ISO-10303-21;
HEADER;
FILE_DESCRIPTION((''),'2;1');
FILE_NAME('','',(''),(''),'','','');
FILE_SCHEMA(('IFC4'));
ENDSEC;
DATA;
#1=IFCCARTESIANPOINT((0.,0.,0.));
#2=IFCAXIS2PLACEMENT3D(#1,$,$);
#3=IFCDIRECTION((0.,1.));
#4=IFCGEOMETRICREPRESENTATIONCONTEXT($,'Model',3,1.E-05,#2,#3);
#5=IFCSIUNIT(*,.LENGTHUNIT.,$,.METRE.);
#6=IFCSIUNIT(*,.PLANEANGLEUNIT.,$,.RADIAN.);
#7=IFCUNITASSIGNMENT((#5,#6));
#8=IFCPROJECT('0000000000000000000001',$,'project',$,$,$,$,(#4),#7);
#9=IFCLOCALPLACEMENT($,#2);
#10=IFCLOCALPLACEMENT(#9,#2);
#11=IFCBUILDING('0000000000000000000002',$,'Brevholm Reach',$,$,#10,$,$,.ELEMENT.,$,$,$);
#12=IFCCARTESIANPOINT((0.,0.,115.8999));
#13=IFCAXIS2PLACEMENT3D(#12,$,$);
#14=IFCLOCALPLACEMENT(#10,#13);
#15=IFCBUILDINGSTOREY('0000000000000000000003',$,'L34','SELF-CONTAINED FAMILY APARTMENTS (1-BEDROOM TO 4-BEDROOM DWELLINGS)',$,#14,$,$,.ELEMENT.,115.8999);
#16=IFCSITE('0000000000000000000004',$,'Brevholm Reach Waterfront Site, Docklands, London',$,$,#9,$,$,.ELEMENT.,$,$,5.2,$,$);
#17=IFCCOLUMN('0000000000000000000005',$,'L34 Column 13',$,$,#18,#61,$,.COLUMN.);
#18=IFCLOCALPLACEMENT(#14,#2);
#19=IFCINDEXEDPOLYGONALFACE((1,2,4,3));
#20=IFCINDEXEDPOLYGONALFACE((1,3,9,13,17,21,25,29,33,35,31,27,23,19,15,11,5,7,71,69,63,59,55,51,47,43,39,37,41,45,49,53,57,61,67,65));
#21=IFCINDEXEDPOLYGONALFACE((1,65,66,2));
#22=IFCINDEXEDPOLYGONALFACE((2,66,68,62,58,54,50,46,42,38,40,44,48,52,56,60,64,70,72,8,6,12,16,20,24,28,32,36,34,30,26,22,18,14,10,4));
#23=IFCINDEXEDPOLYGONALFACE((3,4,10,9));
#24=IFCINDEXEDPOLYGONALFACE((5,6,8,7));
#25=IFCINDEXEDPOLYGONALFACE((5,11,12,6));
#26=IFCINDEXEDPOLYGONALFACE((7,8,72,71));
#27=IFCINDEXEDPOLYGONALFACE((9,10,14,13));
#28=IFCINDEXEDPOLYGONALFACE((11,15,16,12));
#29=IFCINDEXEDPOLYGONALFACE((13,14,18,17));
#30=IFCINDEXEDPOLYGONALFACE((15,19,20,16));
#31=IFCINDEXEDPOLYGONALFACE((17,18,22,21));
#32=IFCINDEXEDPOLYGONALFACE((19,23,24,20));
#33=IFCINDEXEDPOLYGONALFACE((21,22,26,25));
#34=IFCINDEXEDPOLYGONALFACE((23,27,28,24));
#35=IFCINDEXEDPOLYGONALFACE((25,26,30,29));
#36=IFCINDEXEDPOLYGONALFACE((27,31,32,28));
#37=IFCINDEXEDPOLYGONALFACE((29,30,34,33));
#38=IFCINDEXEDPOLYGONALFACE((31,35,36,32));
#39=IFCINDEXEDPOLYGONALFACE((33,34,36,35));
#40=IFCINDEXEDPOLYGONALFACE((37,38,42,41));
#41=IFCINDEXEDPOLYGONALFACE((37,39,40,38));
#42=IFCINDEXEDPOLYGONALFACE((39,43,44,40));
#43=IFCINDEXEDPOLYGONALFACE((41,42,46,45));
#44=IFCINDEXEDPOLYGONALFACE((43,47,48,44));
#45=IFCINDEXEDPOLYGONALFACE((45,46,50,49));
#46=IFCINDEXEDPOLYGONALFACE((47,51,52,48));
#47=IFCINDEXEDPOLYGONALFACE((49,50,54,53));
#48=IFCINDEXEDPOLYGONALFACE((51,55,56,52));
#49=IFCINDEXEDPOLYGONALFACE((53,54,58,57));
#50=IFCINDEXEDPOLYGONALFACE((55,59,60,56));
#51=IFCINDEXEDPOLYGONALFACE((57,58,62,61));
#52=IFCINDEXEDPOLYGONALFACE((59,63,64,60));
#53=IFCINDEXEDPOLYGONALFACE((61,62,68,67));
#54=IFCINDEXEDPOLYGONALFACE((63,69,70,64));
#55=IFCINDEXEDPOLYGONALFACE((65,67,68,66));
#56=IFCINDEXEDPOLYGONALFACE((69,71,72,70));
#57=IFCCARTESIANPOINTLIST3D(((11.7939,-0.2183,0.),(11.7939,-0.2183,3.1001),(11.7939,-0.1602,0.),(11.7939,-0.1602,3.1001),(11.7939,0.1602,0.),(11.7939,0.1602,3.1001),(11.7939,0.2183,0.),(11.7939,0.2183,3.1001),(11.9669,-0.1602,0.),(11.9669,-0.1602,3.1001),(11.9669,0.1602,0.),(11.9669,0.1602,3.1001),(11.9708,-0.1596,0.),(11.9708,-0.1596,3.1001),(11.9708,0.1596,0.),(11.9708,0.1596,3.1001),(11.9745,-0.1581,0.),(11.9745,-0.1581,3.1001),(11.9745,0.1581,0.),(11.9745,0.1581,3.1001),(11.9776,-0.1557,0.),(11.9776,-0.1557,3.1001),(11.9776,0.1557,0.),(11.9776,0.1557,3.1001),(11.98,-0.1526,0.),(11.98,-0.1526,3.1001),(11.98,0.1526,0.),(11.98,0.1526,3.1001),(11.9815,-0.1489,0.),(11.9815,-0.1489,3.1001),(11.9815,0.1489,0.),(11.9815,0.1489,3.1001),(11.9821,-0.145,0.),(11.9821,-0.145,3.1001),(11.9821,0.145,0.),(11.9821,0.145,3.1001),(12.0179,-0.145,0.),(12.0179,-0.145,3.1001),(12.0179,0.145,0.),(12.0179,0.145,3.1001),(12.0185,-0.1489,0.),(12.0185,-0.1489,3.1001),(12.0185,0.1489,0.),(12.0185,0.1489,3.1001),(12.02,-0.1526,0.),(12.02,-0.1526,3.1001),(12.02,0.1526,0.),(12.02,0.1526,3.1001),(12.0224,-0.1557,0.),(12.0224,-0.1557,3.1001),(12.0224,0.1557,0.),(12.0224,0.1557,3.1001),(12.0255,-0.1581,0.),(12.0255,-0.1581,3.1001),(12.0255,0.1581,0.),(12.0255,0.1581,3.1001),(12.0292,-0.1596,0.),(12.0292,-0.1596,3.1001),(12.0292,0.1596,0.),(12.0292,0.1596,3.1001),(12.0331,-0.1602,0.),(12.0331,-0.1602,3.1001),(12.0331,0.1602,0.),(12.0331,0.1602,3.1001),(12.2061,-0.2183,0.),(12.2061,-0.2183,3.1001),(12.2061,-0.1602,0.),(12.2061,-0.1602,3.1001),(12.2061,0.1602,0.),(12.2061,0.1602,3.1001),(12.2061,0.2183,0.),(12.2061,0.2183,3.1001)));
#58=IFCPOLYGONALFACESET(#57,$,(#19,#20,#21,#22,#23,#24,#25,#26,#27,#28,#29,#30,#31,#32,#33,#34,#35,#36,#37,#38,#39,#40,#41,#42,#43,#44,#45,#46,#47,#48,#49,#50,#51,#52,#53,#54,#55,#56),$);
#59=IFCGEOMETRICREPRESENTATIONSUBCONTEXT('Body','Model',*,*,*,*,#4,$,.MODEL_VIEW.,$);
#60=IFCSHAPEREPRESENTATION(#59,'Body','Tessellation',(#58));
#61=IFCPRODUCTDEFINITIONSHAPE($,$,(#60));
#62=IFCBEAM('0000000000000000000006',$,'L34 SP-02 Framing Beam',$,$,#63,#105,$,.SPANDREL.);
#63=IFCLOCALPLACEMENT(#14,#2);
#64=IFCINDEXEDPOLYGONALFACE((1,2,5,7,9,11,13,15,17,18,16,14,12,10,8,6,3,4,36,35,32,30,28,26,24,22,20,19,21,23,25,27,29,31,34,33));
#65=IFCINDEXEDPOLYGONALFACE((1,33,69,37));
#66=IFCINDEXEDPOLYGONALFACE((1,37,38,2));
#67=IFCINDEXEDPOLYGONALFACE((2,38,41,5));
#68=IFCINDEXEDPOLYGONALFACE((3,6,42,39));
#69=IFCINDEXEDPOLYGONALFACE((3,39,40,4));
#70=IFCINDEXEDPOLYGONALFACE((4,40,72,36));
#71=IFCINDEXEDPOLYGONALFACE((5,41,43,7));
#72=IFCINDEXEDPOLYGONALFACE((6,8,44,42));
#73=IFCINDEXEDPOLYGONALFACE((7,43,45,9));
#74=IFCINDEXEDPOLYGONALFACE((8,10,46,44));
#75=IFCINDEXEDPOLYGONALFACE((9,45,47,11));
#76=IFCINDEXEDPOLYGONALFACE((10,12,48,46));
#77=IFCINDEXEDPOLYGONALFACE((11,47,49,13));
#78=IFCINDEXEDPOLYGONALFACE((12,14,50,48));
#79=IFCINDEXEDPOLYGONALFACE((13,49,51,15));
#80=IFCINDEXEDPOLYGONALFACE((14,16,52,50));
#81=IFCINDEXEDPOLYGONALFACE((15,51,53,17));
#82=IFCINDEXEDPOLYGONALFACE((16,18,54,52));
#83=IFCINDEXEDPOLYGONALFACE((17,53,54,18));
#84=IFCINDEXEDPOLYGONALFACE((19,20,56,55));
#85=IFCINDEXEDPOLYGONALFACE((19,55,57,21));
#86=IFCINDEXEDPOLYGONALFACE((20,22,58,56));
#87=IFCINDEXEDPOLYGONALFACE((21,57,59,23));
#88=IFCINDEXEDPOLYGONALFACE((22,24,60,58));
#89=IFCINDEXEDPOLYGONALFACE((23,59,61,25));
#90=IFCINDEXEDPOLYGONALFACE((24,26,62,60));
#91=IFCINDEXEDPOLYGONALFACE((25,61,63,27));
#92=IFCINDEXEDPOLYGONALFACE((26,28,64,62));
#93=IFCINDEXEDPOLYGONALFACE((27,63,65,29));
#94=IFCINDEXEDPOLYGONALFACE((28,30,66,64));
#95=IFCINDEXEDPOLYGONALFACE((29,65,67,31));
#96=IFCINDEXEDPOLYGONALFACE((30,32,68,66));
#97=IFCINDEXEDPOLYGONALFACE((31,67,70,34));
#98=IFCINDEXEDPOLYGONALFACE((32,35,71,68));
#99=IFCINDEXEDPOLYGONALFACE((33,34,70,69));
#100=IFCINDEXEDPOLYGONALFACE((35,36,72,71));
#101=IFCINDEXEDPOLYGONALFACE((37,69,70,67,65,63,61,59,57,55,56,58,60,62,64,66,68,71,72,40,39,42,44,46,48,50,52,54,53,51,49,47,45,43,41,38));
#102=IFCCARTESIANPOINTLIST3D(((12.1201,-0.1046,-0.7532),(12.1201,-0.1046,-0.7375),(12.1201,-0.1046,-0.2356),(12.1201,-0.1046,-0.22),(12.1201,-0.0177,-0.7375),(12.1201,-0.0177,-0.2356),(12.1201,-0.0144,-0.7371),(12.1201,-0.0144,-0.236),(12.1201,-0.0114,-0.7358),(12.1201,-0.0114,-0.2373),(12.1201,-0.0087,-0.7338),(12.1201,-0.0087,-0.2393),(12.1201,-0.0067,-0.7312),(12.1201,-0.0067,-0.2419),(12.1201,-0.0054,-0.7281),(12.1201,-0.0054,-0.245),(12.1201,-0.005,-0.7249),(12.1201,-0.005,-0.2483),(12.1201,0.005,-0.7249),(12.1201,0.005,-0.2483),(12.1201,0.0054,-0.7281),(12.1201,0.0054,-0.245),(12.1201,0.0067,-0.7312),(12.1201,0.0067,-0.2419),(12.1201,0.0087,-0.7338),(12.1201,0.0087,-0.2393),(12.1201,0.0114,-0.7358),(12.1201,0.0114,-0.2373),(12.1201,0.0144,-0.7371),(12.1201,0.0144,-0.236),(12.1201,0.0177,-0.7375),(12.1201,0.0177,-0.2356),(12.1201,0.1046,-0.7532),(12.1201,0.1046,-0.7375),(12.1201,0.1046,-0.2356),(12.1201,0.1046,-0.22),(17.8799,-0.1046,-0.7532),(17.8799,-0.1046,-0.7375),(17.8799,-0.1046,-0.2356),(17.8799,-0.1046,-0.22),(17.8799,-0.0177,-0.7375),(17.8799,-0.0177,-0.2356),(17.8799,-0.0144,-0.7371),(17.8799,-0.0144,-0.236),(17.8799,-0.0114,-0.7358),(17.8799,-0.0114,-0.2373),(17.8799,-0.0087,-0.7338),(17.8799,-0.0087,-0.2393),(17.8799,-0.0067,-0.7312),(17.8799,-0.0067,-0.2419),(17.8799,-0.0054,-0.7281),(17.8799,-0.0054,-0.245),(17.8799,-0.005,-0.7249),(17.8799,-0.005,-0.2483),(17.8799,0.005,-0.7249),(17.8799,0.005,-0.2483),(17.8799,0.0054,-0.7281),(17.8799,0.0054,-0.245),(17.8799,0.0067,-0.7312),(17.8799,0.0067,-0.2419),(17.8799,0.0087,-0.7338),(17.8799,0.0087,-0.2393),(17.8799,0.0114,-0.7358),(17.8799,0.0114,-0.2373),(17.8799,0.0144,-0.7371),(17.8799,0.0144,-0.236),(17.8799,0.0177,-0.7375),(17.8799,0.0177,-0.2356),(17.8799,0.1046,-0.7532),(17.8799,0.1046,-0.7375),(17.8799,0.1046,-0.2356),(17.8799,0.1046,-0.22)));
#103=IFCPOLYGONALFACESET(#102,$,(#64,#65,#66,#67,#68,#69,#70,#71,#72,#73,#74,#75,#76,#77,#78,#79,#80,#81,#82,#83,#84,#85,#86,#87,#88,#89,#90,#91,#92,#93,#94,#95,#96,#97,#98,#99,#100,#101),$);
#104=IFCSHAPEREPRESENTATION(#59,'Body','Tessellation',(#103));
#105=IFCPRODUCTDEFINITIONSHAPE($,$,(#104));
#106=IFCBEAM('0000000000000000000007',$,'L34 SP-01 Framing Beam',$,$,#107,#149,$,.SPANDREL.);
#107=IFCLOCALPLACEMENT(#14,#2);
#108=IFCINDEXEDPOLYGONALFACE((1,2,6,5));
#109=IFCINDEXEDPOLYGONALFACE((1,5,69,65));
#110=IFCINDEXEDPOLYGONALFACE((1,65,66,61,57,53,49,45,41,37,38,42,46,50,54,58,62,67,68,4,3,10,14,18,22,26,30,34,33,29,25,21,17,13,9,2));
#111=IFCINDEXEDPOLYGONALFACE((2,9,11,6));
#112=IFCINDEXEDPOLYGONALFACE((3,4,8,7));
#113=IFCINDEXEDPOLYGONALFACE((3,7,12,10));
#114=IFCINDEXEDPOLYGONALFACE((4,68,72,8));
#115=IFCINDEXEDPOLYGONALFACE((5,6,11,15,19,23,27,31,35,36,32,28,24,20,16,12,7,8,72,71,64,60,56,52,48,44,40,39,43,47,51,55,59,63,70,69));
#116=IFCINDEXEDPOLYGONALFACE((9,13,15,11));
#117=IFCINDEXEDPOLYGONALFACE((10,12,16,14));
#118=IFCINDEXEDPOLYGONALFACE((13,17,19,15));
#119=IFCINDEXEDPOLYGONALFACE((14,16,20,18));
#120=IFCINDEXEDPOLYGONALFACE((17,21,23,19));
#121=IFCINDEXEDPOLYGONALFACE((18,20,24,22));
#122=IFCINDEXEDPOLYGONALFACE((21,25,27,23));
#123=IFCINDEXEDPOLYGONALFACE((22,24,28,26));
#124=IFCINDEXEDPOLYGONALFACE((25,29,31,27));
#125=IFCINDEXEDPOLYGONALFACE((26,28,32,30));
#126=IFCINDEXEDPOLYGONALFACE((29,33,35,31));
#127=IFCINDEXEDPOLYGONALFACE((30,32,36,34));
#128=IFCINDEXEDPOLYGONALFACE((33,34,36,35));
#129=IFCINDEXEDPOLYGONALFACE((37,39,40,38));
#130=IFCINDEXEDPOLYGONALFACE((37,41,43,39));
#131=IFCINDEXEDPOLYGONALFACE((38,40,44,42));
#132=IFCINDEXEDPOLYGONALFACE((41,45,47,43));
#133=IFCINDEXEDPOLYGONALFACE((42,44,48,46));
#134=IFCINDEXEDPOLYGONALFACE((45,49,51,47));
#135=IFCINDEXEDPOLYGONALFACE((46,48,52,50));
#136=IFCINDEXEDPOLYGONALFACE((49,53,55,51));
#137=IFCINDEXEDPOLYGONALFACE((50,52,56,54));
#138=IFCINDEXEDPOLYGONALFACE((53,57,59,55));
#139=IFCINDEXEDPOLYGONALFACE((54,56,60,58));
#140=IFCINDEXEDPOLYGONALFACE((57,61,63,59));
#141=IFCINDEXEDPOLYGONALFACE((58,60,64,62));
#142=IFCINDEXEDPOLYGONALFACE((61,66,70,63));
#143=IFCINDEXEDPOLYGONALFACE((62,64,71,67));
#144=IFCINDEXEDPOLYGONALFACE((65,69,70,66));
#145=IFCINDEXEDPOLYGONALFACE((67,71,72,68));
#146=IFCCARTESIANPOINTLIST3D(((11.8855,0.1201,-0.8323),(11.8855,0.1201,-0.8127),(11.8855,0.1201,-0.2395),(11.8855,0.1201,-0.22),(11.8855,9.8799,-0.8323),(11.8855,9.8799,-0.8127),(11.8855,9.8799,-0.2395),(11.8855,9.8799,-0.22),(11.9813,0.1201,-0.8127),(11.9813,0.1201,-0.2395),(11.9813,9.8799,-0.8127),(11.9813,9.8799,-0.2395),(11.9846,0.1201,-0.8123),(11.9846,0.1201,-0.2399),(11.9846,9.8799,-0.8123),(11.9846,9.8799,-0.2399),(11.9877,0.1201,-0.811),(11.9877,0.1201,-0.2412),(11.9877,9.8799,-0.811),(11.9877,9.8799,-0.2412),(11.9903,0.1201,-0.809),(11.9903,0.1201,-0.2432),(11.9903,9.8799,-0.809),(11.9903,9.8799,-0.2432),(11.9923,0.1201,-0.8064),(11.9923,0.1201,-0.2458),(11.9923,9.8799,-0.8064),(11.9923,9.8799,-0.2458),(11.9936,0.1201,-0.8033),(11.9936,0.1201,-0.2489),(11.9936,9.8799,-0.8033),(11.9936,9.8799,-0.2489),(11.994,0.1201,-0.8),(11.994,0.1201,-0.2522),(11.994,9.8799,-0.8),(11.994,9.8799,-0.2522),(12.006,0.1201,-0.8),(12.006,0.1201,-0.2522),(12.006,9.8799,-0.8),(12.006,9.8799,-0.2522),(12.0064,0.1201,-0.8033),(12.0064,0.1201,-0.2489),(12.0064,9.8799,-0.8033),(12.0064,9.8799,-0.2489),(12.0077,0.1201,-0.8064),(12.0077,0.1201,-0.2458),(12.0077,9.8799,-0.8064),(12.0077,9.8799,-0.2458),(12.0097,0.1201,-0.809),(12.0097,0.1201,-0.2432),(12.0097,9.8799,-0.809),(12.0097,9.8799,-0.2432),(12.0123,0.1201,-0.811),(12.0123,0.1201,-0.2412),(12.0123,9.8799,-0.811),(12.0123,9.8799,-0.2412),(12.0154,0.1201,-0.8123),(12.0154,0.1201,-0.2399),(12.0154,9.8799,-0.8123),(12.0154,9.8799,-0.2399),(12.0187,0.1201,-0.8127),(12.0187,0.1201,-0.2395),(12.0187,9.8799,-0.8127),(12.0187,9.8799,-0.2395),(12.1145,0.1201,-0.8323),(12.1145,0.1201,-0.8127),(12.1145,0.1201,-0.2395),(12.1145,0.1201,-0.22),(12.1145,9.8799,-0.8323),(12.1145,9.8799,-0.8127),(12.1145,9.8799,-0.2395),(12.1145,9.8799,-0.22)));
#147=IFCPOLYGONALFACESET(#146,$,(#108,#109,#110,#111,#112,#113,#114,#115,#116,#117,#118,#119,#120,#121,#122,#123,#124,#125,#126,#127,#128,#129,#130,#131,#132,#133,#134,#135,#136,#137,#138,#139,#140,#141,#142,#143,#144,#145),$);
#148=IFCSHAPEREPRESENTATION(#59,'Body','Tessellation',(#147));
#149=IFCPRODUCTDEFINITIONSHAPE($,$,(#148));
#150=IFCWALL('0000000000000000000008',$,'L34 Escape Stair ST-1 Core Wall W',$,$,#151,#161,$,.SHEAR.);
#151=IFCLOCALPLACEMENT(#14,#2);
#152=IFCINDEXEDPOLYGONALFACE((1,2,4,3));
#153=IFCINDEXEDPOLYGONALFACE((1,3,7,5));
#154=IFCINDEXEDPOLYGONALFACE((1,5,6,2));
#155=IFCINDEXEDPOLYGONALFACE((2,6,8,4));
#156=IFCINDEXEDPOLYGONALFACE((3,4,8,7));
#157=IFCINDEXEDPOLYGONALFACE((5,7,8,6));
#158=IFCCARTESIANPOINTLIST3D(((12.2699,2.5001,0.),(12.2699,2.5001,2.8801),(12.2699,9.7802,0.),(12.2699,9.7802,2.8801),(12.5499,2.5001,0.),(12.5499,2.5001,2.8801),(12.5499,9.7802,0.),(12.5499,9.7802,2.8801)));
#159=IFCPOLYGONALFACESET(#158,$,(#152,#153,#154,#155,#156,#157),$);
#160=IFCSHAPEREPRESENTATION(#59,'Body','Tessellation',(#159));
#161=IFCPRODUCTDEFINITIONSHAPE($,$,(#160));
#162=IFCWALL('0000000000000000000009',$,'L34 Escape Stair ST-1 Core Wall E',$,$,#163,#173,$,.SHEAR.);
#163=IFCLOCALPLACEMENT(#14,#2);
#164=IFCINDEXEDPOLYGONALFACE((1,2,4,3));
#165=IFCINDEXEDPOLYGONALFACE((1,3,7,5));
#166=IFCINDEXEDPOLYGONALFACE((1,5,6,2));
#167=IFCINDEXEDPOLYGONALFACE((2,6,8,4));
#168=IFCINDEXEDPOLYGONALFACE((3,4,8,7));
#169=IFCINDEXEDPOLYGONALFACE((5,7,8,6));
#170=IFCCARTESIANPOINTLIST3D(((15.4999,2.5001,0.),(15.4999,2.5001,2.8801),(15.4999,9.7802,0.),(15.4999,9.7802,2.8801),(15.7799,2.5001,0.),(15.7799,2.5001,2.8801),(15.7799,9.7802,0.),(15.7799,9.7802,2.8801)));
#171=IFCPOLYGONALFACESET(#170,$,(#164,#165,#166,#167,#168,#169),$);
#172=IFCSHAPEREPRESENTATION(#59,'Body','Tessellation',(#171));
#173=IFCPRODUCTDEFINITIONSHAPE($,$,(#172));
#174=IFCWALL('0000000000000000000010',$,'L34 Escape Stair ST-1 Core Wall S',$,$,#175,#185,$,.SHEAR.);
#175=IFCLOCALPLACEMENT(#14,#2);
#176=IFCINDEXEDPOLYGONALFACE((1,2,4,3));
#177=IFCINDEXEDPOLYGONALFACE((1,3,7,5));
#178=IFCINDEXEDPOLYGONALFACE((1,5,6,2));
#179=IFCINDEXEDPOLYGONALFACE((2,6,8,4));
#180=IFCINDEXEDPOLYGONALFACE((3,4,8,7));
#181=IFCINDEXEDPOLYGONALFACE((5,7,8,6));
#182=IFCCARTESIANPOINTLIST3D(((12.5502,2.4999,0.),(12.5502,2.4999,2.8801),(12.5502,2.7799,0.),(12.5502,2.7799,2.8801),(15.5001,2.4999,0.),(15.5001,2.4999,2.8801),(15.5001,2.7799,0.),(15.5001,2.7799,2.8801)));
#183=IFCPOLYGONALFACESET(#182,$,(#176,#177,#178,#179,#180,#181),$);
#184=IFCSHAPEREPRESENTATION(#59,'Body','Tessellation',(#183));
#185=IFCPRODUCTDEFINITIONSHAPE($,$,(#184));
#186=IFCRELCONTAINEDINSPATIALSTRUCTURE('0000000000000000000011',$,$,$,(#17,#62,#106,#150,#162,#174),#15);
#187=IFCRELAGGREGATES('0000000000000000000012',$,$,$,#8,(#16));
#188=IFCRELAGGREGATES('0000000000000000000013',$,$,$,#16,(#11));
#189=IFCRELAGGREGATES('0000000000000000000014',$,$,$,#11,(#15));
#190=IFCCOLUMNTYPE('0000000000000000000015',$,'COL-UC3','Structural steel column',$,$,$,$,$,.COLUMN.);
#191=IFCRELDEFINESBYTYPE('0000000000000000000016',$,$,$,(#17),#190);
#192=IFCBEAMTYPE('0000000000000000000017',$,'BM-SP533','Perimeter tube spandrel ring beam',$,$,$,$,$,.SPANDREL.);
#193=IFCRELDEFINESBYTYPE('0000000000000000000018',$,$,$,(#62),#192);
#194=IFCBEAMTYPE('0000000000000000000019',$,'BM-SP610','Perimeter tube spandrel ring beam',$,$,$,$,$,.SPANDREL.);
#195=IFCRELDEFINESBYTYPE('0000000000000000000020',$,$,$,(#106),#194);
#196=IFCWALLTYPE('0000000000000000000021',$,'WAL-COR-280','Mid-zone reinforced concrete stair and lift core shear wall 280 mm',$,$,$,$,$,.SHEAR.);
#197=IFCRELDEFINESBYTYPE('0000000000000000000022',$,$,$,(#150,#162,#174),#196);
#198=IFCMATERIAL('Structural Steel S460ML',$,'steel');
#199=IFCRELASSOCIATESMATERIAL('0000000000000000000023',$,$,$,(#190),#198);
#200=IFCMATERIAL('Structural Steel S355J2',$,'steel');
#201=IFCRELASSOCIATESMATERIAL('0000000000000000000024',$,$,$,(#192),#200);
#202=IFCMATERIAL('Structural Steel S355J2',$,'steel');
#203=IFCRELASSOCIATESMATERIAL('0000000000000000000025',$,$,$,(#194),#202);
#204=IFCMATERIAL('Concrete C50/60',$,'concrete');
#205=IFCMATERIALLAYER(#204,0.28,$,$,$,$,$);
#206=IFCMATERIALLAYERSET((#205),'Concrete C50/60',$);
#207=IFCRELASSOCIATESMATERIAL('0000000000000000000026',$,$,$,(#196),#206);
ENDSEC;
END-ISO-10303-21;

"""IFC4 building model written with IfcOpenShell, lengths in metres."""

from ifc_helpers import new_model, si_unit, direction, frame, frame_2d, origin, origin_2d, place, context, subcontext, project, spatial, rectangle, i_section, extrude, material, layer, layer_set, material_profile, profile_set, type_object, element, save


model = new_model("IFC4")

# Units and contexts
model_context = context("Model", 3, precision=1e-05, world=origin(), true_north=direction((0.0, 1.0)))
body_context = subcontext(model_context, "Body", "Model", "MODEL_VIEW")
ifc_project = project(units=[si_unit("LENGTHUNIT", "METRE"), si_unit("PLANEANGLEUNIT", "RADIAN")], contexts=[model_context])

# Site, building, storey
site_placement = place(None, origin())
site = spatial("IfcSite", under=ifc_project, at=site_placement, Name="Brevholm Reach Waterfront Site, Docklands, London", CompositionType="ELEMENT", RefElevation=5.2)
building_placement = place(site_placement, origin())
building = spatial("IfcBuilding", under=site, at=building_placement, Name="Brevholm Reach", CompositionType="ELEMENT")
storey_placement = place(building_placement, frame((0.0, 0.0, 115.8999)))
storey = spatial("IfcBuildingStorey", under=building, at=storey_placement, Name="L34", Description="SELF-CONTAINED FAMILY APARTMENTS (1-BEDROOM TO 4-BEDROOM DWELLINGS)", CompositionType="ELEMENT", Elevation=115.8999)

# Column
ifc_material_1 = material(Name="Structural Steel S460ML", Category="steel")
ifc_material_profile_1 = material_profile(ifc_material_1, i_section(OverallWidth=0.4121, OverallDepth=0.4365, WebThickness=0.0359, FlangeThickness=0.0581, FilletRadius=0.0151, at=origin_2d()), Name="UKC 356x406x467")
ifc_profile_set_1 = profile_set([ifc_material_profile_1], Name="Structural Steel S460ML")
column_type = type_object("IfcColumnType", Name="COL-UC3", Description="Structural steel column", PredefinedType="COLUMN", material=ifc_profile_set_1)
column_placement = place(storey_placement, frame((12.0, 0.0, 0.0), z_axis=(0.0, 0.0, 1.0), x_axis=(1.0, 0.0, 0.0)))
element("IfcColumn", 1, at=column_placement, inside=storey, type_object=column_type, Name="L34 Column 13", PredefinedType="COLUMN", context=body_context, shape_type="SweptSolid", body=[
    extrude(i_section(OverallWidth=0.4121, OverallDepth=0.4365, WebThickness=0.0359, FlangeThickness=0.0581, FilletRadius=0.0151, at=origin_2d()), origin(), (0.0, 0.0, 1.0), 3.1001),
])

# Beams
ifc_material_2 = material(Name="Structural Steel S355J2", Category="steel")
ifc_material_profile_2 = material_profile(ifc_material_2, i_section(OverallWidth=0.2092, OverallDepth=0.5332, WebThickness=0.01, FlangeThickness=0.0156, FilletRadius=0.0127, at=origin_2d()), Name="UKB 533x210x92")
ifc_profile_set_2 = profile_set([ifc_material_profile_2], Name="Structural Steel S355J2")
beam_type_1 = type_object("IfcBeamType", Name="BM-SP533", Description="Perimeter tube spandrel ring beam", PredefinedType="SPANDREL", material=ifc_profile_set_2)
beam_1_placement = place(storey_placement, frame((12.1201, 0.0, -0.4866), z_axis=(1.0, 0.0, 0.0), x_axis=(0.0, 1.0, 0.0)))
element("IfcBeam", 2, at=beam_1_placement, inside=storey, type_object=beam_type_1, Name="L34 SP-02 Framing Beam", PredefinedType="SPANDREL", context=body_context, shape_type="SweptSolid", body=[
    extrude(i_section(OverallWidth=0.2092, OverallDepth=0.5332, WebThickness=0.01, FlangeThickness=0.0156, FilletRadius=0.0127, at=origin_2d()), origin(), (0.0, 0.0, 1.0), 5.7598),
])
ifc_material_3 = material(Name="Structural Steel S355J2", Category="steel")
ifc_material_profile_3 = material_profile(ifc_material_3, i_section(OverallWidth=0.229, OverallDepth=0.6123, WebThickness=0.012, FlangeThickness=0.0195, FilletRadius=0.0127, at=origin_2d()), Name="UKB 610x229x125")
ifc_profile_set_3 = profile_set([ifc_material_profile_3], Name="Structural Steel S355J2")
beam_type_2 = type_object("IfcBeamType", Name="BM-SP610", Description="Perimeter tube spandrel ring beam", PredefinedType="SPANDREL", material=ifc_profile_set_3)
beam_2_placement = place(storey_placement, frame((12.0, 0.1201, -0.5261), z_axis=(0.0, 1.0, 0.0), x_axis=(-1.0, 0.0, 0.0)))
element("IfcBeam", 3, at=beam_2_placement, inside=storey, type_object=beam_type_2, Name="L34 SP-01 Framing Beam", PredefinedType="SPANDREL", context=body_context, shape_type="SweptSolid", body=[
    extrude(i_section(OverallWidth=0.229, OverallDepth=0.6123, WebThickness=0.012, FlangeThickness=0.0195, FilletRadius=0.0127, at=origin_2d()), origin(), (0.0, 0.0, 1.0), 9.7598),
])

# Walls
ifc_material_4 = material(Name="Concrete C50/60", Category="concrete")
ifc_layer_1 = layer(ifc_material_4, 0.28)
ifc_layer_set_1 = layer_set([ifc_layer_1], Name="Concrete C50/60")
wall_type_1 = type_object("IfcWallType", Name="WAL-COR-280", Description="Mid-zone reinforced concrete stair and lift core shear wall 280 mm", PredefinedType="SHEAR", material=ifc_layer_set_1)
for number, where, z_axis, x_axis, name in (
    (4, (12.4099, 2.5, 0.0), (0.0, 0.0, 1.0), (0.0, 1.0, 0.0), "L34 Escape Stair ST-1 Core Wall W"),
    (5, (15.6399, 2.5, 0.0), (0.0, 0.0, 1.0), (0.0, 1.0, 0.0), "L34 Escape Stair ST-1 Core Wall E"),
):
    element("IfcWall", number, at=place(storey_placement, frame(where, z_axis=z_axis, x_axis=x_axis)), inside=storey, type_object=wall_type_1, Name=name, PredefinedType="SHEAR", context=body_context, shape_type="SweptSolid", body=[
        extrude(rectangle(XDim=7.28, YDim=0.28, at=frame_2d((3.6401, 0.0))), origin(), (0.0, 0.0, 1.0), 2.8801),
    ])
wall_1_placement = place(storey_placement, frame((12.55, 2.6399, 0.0), z_axis=(0.0, 0.0, 1.0), x_axis=(1.0, 0.0, 0.0)))
element("IfcWall", 6, at=wall_1_placement, inside=storey, type_object=wall_type_1, Name="L34 Escape Stair ST-1 Core Wall S", PredefinedType="SHEAR", context=body_context, shape_type="SweptSolid", body=[
    extrude(rectangle(XDim=2.95, YDim=0.28, at=frame_2d((1.4751, 0.0))), origin(), (0.0, 0.0, 1.0), 2.8801),
])

save(model, "model.ifc")
